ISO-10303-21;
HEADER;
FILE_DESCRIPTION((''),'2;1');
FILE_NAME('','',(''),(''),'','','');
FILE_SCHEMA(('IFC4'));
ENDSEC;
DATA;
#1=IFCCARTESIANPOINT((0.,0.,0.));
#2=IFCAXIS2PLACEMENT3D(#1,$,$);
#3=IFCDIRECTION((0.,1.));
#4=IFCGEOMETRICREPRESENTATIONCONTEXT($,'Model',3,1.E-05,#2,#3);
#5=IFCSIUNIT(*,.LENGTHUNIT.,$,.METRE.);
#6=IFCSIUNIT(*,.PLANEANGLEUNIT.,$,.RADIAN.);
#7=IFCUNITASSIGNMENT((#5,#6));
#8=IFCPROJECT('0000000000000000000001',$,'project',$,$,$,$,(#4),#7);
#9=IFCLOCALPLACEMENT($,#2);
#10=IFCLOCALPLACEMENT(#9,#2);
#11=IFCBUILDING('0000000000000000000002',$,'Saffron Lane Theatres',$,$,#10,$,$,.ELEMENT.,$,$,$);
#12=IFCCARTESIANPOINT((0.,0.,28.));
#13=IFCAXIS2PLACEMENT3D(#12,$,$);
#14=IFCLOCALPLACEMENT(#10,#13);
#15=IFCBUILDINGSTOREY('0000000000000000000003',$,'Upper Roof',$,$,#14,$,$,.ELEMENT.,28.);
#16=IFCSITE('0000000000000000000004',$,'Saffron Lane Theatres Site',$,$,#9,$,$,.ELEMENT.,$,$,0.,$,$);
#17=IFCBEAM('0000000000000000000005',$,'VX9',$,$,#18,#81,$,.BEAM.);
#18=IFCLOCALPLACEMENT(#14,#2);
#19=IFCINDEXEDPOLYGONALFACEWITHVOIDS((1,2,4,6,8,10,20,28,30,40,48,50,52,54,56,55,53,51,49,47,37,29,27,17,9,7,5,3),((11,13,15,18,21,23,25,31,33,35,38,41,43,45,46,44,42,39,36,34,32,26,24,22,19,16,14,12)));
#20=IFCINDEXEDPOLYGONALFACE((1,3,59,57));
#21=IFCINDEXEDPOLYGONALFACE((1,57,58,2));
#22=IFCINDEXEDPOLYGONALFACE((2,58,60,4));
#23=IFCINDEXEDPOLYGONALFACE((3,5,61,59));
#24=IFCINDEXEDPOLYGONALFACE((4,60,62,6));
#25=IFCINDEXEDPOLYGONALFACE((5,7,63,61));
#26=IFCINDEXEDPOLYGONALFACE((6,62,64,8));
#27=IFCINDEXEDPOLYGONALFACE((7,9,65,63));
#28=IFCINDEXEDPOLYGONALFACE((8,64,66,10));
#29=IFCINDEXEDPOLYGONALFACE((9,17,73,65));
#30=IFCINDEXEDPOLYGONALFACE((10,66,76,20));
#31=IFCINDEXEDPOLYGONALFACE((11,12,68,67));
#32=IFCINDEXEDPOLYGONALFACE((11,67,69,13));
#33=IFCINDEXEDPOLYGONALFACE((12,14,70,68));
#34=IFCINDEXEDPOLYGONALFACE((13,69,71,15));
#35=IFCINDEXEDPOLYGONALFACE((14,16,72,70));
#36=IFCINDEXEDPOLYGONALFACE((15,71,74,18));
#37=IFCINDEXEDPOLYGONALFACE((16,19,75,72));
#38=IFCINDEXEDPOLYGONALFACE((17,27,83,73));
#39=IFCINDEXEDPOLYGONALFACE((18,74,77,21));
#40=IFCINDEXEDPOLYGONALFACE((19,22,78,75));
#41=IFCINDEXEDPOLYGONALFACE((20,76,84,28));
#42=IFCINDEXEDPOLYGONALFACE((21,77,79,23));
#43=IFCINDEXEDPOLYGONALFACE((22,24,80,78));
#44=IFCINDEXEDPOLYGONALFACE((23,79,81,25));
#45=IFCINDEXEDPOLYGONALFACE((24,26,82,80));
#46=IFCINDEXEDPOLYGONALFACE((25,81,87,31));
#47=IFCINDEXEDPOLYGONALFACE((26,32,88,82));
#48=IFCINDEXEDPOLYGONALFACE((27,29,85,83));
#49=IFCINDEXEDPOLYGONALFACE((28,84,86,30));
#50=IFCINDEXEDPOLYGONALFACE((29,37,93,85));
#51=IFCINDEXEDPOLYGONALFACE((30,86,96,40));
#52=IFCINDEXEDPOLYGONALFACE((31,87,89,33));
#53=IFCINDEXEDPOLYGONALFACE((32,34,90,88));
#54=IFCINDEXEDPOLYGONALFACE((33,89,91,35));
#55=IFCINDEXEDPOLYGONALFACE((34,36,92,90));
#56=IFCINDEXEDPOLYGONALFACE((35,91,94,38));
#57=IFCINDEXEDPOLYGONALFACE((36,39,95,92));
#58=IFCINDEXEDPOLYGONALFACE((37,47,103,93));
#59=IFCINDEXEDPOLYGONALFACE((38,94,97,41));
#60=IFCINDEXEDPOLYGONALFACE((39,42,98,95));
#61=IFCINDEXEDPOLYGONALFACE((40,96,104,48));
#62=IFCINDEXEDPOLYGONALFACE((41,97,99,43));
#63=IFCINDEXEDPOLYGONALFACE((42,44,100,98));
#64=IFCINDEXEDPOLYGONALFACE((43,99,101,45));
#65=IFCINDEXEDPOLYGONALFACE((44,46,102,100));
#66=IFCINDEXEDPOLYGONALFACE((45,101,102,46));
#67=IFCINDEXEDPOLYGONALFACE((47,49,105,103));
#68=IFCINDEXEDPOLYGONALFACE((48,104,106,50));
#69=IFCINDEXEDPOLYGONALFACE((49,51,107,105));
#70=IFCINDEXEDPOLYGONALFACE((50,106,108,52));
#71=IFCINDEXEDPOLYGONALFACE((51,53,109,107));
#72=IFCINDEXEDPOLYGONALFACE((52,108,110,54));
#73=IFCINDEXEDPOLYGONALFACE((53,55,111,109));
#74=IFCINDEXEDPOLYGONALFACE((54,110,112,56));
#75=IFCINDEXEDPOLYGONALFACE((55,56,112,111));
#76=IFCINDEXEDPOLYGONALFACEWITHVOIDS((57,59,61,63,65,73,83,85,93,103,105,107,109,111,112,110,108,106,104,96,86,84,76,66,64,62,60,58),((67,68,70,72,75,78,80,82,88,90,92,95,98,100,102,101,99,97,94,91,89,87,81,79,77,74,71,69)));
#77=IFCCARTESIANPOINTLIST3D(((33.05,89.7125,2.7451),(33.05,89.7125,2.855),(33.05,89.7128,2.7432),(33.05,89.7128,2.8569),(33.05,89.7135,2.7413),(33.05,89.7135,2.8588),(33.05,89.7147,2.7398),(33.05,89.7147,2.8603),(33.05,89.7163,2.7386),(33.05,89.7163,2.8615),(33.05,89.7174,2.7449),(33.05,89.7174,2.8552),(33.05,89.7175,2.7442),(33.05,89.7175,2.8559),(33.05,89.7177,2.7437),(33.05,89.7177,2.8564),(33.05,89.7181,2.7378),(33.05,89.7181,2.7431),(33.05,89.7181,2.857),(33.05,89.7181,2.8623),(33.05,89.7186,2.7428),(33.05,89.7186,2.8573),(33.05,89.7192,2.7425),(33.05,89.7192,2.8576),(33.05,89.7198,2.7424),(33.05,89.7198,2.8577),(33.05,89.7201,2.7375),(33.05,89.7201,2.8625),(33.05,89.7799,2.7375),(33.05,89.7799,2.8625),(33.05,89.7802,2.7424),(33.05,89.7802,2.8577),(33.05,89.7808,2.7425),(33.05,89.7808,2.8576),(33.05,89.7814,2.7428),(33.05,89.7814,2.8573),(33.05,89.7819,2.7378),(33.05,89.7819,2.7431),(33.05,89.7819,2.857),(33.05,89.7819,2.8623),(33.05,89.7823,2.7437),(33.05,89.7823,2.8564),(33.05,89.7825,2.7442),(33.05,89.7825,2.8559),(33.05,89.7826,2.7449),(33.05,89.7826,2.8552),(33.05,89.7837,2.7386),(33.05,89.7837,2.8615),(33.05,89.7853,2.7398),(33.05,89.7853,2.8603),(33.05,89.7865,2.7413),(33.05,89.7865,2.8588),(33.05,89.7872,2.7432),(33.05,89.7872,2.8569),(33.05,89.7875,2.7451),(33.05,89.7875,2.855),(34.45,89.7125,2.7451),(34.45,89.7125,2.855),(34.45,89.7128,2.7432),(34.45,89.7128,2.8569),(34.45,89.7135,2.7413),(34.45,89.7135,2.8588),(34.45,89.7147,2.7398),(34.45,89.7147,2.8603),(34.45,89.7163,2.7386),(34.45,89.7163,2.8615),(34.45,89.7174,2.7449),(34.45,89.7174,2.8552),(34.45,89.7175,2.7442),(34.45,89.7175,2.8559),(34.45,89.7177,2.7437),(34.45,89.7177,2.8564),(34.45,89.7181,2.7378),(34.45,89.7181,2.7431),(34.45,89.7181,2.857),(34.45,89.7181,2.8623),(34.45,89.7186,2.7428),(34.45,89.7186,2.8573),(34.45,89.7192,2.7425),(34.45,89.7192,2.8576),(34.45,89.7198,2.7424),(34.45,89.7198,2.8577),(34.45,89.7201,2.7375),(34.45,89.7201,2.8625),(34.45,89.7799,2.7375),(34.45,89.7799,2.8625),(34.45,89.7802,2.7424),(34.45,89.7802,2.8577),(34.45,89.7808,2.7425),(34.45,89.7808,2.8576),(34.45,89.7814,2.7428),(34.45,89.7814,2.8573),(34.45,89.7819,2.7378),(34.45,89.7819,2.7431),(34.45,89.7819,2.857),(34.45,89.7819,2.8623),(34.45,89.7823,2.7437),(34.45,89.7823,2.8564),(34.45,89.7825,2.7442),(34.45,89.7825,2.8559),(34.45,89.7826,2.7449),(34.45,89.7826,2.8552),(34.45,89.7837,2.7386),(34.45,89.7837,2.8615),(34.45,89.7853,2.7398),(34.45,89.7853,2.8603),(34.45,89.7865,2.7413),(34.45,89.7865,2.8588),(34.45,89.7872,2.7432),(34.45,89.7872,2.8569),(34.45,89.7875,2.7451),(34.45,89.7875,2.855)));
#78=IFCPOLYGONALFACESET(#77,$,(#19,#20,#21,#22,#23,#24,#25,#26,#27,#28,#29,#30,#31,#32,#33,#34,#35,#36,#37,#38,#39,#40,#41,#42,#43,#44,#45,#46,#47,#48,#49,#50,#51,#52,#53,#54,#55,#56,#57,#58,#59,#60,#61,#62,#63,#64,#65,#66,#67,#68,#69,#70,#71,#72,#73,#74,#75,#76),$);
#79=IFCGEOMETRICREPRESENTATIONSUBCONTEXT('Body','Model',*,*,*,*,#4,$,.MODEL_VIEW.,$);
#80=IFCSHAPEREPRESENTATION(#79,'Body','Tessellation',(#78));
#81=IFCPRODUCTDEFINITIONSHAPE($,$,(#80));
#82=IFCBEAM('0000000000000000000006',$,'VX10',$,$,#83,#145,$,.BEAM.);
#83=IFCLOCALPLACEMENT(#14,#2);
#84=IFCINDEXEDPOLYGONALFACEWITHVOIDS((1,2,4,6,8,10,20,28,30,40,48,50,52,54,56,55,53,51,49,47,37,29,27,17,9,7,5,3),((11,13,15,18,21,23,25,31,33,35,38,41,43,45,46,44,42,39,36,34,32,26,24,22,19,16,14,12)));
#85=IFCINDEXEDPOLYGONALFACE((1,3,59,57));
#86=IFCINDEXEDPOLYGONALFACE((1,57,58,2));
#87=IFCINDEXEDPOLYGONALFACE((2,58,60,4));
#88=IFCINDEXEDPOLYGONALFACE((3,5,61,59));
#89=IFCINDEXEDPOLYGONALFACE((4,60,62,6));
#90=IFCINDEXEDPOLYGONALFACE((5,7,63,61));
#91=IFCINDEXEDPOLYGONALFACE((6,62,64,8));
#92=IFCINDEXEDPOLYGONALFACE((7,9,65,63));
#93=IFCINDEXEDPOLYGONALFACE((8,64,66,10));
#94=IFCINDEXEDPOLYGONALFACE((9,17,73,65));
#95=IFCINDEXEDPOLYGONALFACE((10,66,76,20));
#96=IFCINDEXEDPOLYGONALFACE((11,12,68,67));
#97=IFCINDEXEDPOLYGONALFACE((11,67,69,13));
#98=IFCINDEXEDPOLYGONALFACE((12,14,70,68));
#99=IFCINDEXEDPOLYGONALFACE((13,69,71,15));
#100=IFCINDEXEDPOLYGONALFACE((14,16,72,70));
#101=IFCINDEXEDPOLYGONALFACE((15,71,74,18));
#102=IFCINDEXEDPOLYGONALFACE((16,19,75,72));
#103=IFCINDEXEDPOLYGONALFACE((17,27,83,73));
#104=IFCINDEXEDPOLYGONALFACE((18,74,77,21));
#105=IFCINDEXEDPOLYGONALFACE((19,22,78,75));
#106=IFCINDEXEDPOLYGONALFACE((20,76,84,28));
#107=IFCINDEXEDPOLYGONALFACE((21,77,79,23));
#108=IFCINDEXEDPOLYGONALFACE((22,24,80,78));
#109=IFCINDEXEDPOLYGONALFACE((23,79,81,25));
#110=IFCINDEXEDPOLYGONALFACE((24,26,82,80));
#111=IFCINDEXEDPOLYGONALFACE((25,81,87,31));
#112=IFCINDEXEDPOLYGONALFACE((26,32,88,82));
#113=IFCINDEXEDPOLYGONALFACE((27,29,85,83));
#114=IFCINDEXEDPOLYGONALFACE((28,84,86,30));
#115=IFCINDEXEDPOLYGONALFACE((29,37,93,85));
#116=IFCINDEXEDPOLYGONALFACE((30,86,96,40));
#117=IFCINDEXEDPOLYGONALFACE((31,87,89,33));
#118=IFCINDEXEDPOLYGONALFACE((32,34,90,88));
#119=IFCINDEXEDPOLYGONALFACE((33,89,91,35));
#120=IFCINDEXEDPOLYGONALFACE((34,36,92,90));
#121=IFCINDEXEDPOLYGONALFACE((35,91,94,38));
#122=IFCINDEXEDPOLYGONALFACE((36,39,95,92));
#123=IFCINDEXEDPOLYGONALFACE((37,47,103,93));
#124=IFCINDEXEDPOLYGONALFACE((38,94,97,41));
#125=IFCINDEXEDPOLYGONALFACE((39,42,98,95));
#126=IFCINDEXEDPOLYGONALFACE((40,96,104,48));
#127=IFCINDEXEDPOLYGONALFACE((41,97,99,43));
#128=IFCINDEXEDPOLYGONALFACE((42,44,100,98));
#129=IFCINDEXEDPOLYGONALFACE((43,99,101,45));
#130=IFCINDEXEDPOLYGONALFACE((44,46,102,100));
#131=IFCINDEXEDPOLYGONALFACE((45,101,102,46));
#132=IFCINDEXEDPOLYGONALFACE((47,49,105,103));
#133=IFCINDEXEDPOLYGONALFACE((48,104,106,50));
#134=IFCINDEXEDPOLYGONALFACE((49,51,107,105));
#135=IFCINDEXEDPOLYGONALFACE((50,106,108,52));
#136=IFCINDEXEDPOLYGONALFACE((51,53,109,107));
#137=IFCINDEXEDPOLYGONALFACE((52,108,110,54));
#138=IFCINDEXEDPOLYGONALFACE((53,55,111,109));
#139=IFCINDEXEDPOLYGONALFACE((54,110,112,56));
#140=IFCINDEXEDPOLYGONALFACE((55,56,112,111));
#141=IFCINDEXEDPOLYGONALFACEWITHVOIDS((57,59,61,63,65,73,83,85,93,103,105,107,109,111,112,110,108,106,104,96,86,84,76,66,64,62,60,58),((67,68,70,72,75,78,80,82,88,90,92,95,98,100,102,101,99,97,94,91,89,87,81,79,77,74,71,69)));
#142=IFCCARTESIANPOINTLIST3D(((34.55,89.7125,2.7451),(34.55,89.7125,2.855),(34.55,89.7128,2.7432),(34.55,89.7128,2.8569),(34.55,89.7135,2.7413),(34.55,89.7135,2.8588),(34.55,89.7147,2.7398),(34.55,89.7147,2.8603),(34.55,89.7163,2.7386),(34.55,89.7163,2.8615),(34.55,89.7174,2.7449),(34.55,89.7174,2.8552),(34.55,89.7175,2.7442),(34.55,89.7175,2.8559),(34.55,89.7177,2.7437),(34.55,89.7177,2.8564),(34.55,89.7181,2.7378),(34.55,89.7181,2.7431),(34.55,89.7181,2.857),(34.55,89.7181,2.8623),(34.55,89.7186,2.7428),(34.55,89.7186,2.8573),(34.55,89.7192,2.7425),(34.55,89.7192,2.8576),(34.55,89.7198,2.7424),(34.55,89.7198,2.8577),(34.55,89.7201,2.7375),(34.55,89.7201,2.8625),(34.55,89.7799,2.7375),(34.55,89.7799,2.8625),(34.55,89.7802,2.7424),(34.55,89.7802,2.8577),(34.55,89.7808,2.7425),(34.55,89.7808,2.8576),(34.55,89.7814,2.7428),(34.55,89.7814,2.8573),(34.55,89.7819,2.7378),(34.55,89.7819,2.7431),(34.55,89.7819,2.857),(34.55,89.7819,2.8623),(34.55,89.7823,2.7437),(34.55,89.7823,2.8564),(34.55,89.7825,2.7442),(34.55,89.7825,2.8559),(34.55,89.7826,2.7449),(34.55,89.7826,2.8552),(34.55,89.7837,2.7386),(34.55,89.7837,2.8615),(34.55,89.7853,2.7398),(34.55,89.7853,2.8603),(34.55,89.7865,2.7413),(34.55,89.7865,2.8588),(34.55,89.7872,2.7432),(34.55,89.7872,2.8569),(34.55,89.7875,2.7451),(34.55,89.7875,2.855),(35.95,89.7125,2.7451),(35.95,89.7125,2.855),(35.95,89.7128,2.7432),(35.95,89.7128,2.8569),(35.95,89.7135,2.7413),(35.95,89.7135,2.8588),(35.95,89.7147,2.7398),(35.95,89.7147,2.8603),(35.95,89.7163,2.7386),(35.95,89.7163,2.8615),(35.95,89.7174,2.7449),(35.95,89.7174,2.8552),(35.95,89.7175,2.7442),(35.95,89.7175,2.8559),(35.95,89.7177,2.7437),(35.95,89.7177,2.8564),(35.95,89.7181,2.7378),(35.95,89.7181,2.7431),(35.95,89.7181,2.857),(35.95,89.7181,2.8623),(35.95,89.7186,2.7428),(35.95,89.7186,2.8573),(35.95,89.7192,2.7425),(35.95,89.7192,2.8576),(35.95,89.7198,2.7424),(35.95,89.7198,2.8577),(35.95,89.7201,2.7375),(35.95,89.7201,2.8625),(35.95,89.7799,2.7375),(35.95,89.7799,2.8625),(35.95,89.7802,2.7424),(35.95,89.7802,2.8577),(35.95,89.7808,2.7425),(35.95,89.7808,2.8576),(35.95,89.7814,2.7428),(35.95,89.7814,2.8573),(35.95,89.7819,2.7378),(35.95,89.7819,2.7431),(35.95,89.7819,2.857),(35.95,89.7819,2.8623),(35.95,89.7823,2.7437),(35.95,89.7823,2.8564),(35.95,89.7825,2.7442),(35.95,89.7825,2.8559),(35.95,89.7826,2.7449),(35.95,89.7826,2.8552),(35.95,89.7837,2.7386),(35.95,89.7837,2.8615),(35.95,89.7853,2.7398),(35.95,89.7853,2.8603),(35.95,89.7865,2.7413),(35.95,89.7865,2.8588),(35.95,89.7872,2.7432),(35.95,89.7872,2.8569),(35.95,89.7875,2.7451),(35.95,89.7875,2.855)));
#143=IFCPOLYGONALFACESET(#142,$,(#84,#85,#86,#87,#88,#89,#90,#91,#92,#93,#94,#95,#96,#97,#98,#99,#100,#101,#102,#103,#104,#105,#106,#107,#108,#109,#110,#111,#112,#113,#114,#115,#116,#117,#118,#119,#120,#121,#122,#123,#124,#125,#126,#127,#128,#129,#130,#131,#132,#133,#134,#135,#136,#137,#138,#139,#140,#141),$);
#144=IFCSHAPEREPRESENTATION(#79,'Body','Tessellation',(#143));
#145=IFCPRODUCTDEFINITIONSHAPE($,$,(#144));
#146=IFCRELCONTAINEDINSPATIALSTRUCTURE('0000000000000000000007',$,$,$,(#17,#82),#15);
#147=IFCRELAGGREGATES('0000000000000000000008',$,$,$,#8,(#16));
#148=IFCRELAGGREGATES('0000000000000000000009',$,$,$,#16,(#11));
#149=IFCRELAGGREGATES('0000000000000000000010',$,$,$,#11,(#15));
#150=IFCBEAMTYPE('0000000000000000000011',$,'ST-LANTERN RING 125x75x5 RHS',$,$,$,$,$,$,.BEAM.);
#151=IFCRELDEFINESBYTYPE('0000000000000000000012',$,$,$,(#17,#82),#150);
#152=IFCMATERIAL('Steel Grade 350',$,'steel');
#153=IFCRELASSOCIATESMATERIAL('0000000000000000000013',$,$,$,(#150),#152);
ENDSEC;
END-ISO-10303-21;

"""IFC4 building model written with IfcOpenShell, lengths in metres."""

from ifc_helpers import new_model, si_unit, direction, frame, origin, origin_2d, place, context, subcontext, project, spatial, hollow_rectangle, extrude, material, material_profile, profile_set, type_object, element, save


model = new_model("IFC4")

# Units and contexts
model_context = context("Model", 3, precision=1e-05, world=origin(), true_north=direction((0.0, 1.0)))
body_context = subcontext(model_context, "Body", "Model", "MODEL_VIEW")
ifc_project = project(units=[si_unit("LENGTHUNIT", "METRE"), si_unit("PLANEANGLEUNIT", "RADIAN")], contexts=[model_context])

# Site, building, storey
site_placement = place(None, origin())
site = spatial("IfcSite", under=ifc_project, at=site_placement, Name="Saffron Lane Theatres Site", CompositionType="ELEMENT", RefElevation=0.0)
building_placement = place(site_placement, origin())
building = spatial("IfcBuilding", under=site, at=building_placement, Name="Saffron Lane Theatres", CompositionType="ELEMENT")
storey_placement = place(building_placement, frame((0.0, 0.0, 28.0)))
storey = spatial("IfcBuildingStorey", under=building, at=storey_placement, Name="Upper Roof", CompositionType="ELEMENT", Elevation=28.0)

# Beams
ifc_material_1 = material(Name="Steel Grade 350", Category="steel")
ifc_material_profile_1 = material_profile(ifc_material_1, hollow_rectangle(XDim=0.075, YDim=0.125, WallThickness=0.0049, InnerFilletRadius=0.0024, OuterFilletRadius=0.0076, at=origin_2d()))
ifc_profile_set_1 = profile_set([ifc_material_profile_1], Name="Steel Grade 350")
beam_type_1 = type_object("IfcBeamType", Name="ST-LANTERN RING 125x75x5 RHS", PredefinedType="BEAM", material=ifc_profile_set_1)
for number, where, z_axis, x_axis, name in (
    (1, (33.05, 89.75, 2.8), (1.0, 0.0, 0.0), (0.0, 1.0, 0.0), "VX9"),
    (2, (34.55, 89.75, 2.8), (1.0, 0.0, 0.0), (0.0, 1.0, 0.0), "VX10"),
):
    element("IfcBeam", number, at=place(storey_placement, frame(where, z_axis=z_axis, x_axis=x_axis)), inside=storey, type_object=beam_type_1, Name=name, PredefinedType="BEAM", context=body_context, shape_type="SweptSolid", body=[
        extrude(hollow_rectangle(XDim=0.075, YDim=0.125, WallThickness=0.0049, InnerFilletRadius=0.0024, OuterFilletRadius=0.0076, at=origin_2d()), origin(), (0.0, 0.0, 1.0), 1.3999),
    ])

save(model, "model.ifc")
